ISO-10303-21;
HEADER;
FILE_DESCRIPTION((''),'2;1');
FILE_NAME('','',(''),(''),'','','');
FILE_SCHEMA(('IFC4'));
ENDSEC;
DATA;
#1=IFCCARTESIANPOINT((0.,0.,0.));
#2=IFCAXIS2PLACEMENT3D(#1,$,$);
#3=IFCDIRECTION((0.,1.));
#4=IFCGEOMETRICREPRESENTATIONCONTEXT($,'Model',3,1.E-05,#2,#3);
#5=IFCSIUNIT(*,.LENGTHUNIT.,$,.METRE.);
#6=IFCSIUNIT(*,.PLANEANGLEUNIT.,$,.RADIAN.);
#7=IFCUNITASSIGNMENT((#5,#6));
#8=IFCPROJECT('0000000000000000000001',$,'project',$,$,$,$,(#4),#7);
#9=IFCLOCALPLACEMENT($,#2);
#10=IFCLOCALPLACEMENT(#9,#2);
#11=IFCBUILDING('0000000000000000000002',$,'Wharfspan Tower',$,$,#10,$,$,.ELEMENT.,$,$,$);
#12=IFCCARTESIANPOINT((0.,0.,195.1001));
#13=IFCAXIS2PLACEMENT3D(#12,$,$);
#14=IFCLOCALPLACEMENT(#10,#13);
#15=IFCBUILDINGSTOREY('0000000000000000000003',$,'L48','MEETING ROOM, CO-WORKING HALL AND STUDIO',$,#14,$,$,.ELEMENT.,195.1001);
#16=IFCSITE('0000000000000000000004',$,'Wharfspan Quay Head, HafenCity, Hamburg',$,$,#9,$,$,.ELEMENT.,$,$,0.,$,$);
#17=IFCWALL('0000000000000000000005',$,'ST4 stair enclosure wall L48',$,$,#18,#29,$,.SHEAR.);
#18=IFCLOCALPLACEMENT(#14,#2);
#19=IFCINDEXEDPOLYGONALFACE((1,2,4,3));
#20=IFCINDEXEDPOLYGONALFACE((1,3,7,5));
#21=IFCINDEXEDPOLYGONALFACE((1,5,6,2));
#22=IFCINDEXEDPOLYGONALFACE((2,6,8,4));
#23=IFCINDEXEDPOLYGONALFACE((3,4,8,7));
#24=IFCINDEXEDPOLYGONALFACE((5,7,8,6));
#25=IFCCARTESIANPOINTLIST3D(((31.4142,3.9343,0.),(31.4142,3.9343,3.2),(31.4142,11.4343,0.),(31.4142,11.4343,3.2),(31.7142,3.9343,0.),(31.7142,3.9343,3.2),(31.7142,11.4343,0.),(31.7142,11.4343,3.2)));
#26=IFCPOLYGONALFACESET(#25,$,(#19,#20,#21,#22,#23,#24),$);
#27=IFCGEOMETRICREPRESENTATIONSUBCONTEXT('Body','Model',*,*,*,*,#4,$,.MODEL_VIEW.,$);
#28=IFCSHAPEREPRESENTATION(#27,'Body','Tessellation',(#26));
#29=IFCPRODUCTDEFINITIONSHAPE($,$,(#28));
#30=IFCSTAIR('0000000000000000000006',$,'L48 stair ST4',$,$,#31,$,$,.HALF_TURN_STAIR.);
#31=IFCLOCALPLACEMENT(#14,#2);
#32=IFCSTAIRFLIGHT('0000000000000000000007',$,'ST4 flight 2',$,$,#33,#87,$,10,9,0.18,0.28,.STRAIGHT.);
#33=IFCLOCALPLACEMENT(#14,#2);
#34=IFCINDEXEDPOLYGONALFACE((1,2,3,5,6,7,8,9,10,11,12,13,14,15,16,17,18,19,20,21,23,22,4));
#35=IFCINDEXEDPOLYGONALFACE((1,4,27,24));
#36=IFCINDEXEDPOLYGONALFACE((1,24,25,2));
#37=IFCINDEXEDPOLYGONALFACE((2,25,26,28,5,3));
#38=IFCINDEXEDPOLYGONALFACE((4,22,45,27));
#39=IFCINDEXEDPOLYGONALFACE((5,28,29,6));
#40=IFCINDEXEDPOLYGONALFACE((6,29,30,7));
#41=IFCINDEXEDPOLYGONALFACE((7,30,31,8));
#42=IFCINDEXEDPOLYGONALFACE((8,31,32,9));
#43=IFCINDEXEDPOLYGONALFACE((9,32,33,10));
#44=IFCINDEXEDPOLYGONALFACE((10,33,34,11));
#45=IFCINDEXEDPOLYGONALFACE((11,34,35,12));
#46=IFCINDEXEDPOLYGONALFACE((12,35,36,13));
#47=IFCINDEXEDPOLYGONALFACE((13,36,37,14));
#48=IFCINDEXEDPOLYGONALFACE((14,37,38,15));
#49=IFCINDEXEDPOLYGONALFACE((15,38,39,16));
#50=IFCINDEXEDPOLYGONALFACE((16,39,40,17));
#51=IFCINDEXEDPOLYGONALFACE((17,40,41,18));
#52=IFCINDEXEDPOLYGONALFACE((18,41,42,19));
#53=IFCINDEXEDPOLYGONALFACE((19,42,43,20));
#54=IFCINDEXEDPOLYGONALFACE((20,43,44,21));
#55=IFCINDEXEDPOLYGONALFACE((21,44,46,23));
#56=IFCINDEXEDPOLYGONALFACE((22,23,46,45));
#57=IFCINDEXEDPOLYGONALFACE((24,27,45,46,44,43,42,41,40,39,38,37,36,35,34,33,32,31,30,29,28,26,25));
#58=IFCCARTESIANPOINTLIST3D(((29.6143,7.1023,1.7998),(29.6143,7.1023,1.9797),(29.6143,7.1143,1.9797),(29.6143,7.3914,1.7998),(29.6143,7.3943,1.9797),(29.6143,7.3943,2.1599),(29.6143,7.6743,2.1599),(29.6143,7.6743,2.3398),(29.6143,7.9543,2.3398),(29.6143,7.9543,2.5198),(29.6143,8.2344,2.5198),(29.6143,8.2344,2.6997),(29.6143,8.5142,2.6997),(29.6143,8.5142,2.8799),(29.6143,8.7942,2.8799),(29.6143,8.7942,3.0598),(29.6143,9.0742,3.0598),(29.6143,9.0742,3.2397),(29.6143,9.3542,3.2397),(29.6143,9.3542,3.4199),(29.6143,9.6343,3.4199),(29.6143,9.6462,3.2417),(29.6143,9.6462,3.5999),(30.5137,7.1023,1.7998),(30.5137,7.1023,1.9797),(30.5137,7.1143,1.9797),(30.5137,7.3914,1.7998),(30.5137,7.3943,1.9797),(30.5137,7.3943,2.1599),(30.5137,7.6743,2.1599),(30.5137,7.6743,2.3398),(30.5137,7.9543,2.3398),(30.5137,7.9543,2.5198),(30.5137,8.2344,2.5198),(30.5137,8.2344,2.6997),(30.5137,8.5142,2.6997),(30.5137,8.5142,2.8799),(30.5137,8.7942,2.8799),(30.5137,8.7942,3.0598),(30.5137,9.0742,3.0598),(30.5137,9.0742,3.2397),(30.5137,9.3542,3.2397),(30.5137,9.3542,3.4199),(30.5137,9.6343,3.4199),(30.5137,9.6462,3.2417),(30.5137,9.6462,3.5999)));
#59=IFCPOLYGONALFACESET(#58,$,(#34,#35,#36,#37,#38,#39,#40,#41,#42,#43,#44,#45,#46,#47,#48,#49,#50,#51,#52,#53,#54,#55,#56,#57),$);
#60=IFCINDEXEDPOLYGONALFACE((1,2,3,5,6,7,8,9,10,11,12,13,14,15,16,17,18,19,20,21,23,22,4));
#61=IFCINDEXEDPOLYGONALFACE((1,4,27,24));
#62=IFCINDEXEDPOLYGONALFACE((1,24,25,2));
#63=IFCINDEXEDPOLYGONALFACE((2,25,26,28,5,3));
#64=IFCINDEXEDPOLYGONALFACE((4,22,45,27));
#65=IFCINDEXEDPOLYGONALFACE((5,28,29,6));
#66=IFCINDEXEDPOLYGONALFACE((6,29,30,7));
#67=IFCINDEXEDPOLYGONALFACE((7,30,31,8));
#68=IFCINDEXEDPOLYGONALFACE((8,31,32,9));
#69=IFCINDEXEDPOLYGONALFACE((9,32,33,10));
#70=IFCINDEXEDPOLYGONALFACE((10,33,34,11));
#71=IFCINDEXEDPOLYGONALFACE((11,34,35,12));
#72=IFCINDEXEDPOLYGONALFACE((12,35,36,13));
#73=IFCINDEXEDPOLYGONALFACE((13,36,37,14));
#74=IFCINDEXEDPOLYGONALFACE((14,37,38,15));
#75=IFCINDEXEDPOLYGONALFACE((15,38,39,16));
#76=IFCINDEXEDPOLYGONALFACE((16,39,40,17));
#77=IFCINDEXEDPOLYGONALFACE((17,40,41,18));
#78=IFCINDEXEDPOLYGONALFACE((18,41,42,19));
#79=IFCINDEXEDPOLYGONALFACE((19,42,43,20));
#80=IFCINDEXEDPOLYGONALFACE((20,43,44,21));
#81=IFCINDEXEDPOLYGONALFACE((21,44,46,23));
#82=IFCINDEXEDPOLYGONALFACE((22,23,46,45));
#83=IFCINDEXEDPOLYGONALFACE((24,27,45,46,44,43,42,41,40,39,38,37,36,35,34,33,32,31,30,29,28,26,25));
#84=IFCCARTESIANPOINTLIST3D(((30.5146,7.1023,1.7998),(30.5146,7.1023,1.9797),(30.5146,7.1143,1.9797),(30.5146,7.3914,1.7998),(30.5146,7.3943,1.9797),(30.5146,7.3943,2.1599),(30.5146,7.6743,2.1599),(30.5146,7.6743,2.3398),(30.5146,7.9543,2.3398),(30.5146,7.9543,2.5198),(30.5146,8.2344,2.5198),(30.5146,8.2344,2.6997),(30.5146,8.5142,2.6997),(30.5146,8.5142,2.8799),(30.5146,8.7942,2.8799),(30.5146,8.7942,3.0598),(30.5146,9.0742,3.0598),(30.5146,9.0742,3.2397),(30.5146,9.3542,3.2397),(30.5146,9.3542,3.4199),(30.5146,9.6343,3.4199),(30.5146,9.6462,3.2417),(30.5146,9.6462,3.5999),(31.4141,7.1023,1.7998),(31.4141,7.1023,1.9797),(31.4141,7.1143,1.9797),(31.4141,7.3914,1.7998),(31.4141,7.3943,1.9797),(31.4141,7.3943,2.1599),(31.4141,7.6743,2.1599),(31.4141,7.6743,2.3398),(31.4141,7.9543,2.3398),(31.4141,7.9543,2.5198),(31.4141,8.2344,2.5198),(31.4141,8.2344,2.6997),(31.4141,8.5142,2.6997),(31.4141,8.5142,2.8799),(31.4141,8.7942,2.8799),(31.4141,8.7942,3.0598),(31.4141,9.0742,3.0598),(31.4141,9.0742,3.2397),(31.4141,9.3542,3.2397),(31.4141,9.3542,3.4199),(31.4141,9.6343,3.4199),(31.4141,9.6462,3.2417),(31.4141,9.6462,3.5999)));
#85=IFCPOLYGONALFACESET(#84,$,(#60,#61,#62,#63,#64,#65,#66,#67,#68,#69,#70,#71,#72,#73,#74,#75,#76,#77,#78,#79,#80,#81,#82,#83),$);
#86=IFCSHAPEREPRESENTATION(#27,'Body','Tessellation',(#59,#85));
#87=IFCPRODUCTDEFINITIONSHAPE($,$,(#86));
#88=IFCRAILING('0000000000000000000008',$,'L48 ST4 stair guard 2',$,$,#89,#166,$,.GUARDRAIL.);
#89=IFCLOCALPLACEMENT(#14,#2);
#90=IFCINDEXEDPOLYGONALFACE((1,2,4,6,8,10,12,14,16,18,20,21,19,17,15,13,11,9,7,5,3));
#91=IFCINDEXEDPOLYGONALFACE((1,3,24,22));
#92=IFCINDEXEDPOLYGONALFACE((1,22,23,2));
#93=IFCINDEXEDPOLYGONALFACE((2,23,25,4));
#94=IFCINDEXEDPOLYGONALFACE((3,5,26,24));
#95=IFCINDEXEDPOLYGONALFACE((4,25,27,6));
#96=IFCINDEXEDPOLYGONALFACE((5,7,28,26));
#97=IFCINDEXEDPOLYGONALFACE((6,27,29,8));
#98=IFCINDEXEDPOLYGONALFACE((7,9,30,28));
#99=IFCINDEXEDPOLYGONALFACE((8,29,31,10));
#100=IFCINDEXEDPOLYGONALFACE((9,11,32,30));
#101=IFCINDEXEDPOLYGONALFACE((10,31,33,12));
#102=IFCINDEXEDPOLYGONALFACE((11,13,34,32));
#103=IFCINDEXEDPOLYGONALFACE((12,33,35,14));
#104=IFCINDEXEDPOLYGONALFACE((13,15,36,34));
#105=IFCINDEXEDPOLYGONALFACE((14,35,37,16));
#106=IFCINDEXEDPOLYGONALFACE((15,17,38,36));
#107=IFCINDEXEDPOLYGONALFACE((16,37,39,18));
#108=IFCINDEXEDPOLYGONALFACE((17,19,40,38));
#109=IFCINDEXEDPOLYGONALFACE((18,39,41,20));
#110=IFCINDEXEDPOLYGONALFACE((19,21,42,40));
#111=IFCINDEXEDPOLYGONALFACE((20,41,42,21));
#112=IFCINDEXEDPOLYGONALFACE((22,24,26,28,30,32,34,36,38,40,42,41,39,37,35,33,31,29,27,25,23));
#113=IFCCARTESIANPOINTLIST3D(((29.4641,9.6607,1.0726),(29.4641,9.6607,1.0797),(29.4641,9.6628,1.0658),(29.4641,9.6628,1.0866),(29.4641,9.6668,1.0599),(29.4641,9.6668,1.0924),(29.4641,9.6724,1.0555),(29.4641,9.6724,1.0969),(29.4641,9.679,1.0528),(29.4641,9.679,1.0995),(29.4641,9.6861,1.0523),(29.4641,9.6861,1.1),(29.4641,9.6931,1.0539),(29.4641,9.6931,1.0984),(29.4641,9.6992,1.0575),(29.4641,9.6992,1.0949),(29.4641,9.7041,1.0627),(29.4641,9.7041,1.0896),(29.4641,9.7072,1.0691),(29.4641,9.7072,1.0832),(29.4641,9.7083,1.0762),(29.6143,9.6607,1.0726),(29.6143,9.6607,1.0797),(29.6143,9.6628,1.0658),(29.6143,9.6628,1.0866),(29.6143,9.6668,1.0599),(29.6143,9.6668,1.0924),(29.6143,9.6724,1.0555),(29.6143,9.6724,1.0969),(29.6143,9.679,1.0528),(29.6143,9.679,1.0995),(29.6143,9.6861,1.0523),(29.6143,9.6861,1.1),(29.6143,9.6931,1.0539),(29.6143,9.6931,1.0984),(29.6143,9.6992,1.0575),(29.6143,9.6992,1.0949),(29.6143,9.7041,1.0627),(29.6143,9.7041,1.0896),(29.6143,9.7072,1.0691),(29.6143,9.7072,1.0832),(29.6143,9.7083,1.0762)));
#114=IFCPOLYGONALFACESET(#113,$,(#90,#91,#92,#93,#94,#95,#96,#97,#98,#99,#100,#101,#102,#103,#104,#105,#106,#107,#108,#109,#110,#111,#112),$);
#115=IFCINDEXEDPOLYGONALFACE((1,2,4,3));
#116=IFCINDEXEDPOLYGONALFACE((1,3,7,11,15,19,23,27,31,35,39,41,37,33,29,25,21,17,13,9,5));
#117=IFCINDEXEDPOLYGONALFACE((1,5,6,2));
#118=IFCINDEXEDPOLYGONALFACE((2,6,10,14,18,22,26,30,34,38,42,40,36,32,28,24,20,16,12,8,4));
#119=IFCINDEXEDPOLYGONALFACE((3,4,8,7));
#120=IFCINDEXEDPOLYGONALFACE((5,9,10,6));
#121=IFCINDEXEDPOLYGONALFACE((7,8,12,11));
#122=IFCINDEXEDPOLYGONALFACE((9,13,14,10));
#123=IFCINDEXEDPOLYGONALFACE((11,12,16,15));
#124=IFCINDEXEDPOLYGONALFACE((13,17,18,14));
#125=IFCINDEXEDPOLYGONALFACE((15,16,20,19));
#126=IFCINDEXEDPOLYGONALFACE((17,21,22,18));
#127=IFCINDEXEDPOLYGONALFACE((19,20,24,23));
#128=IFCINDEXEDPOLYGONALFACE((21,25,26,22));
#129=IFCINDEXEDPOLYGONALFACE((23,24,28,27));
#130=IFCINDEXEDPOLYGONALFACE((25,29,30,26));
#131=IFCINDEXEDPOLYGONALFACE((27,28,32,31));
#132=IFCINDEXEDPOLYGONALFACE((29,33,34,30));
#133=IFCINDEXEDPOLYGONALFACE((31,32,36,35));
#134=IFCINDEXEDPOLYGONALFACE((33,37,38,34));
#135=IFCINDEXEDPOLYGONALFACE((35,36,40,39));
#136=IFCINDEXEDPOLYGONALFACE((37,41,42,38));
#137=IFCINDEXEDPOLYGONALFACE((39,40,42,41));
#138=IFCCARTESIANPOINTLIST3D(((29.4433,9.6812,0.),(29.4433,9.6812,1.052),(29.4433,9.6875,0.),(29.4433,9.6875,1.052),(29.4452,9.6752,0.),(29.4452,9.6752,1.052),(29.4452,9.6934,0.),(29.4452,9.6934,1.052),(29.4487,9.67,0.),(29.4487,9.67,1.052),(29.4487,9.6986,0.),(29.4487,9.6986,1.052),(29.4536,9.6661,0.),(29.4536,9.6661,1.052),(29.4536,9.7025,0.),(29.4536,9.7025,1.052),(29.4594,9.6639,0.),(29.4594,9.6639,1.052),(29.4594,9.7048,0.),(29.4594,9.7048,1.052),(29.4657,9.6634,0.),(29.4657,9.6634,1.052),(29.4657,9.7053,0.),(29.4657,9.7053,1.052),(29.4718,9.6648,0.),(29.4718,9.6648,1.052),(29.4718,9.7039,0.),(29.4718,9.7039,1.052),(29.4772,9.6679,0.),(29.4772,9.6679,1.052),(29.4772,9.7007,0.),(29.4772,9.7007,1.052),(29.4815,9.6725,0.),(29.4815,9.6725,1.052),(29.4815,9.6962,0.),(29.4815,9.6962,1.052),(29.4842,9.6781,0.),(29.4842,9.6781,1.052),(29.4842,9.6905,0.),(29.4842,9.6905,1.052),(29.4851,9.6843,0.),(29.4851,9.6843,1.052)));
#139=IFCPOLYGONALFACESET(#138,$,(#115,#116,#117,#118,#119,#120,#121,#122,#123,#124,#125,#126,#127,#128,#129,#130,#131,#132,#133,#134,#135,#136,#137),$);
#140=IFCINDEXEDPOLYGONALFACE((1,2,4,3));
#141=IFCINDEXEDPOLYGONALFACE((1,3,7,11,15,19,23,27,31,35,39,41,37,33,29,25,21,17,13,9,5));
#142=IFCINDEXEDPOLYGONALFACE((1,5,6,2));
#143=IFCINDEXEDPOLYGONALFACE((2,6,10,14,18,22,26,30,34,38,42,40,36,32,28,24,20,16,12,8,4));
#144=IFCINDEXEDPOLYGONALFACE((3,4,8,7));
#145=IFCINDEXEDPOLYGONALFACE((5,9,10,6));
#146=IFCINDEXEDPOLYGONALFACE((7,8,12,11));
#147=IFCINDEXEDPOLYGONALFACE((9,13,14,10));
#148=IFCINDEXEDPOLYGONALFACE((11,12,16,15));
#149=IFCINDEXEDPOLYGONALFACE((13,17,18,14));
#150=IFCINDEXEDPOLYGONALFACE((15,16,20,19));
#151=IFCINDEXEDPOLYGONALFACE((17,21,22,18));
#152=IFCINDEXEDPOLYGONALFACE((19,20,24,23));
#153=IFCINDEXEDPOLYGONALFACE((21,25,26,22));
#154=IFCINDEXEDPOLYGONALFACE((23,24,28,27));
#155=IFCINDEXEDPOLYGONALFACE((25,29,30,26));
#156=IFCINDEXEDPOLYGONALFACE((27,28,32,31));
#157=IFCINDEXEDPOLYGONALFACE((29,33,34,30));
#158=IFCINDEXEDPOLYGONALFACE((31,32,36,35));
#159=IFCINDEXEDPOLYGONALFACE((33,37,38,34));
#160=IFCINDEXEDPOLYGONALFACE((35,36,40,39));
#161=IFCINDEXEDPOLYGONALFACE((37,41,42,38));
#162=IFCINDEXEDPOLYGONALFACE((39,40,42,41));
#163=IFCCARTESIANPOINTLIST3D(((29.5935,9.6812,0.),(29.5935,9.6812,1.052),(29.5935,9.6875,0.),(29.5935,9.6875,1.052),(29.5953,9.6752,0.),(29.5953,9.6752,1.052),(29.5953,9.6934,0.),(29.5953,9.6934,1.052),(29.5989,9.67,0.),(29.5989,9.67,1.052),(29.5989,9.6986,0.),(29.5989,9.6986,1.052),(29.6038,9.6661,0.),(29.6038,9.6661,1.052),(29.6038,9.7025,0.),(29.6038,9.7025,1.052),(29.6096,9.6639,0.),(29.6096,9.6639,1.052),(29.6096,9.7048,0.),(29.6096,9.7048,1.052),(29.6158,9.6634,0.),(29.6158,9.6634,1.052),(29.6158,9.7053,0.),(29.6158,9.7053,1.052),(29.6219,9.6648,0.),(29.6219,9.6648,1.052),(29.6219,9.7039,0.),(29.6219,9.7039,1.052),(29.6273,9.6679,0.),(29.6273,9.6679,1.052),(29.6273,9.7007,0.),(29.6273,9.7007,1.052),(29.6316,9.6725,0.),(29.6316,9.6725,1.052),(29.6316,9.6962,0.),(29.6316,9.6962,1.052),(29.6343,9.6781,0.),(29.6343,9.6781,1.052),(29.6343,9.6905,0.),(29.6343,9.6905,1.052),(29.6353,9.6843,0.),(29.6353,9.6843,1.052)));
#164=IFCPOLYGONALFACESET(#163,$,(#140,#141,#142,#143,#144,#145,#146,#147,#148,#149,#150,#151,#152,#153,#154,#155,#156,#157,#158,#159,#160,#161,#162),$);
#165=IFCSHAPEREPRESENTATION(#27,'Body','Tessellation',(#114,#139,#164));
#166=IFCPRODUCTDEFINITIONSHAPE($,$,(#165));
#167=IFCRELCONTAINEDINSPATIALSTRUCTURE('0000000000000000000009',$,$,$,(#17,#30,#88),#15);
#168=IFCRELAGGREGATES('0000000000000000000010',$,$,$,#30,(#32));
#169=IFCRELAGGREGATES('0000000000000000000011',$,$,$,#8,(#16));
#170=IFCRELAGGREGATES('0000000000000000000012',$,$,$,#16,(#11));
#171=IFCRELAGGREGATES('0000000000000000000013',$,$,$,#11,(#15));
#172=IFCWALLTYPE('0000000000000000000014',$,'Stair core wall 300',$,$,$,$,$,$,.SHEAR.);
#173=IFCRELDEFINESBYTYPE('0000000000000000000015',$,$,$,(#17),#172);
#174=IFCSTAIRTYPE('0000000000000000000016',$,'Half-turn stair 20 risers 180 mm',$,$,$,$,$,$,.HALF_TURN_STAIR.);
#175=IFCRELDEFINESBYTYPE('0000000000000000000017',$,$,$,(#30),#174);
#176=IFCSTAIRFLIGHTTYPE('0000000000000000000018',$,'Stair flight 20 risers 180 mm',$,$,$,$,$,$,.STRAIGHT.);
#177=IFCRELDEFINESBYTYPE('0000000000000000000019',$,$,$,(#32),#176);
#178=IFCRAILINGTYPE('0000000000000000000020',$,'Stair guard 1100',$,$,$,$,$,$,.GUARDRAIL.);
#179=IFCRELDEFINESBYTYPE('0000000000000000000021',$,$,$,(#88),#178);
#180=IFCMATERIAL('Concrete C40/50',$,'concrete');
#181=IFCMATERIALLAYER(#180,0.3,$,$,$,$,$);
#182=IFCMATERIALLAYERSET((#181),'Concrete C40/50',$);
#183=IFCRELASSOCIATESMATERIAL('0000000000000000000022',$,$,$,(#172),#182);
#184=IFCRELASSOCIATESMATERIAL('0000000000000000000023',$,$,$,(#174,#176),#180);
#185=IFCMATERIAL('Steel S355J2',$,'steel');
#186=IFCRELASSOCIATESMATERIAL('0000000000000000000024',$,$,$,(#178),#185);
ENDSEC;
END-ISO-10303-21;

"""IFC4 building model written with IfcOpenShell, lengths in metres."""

from ifc_helpers import new_model, si_unit, direction, frame, frame_2d, origin, origin_2d, place, context, subcontext, project, spatial, polyline, rectangle, circle, outline, extrude, material, layer, layer_set, type_object, element, aggregate, save


model = new_model("IFC4")

# Units and contexts
model_context = context("Model", 3, precision=1e-05, world=origin(), true_north=direction((0.0, 1.0)))
body_context = subcontext(model_context, "Body", "Model", "MODEL_VIEW")
ifc_project = project(units=[si_unit("LENGTHUNIT", "METRE"), si_unit("PLANEANGLEUNIT", "RADIAN")], contexts=[model_context])

# Site, building, storey
site_placement = place(None, origin())
site = spatial("IfcSite", under=ifc_project, at=site_placement, Name="Wharfspan Quay Head, HafenCity, Hamburg", CompositionType="ELEMENT", RefElevation=0.0)
building_placement = place(site_placement, origin())
building = spatial("IfcBuilding", under=site, at=building_placement, Name="Wharfspan Tower", CompositionType="ELEMENT")
storey_placement = place(building_placement, frame((0.0, 0.0, 195.1001)))
storey = spatial("IfcBuildingStorey", under=building, at=storey_placement, Name="L48", Description="MEETING ROOM, CO-WORKING HALL AND STUDIO", CompositionType="ELEMENT", Elevation=195.1001)

# Shared definitions
ifc_material_1 = material(Name="Steel S355J2", Category="steel")

# Wall
ifc_material_2 = material(Name="Concrete C40/50", Category="concrete")
ifc_layer_1 = layer(ifc_material_2, 0.3)
ifc_layer_set_1 = layer_set([ifc_layer_1], Name="Concrete C40/50")
wall_type_1 = type_object("IfcWallType", Name="Stair core wall 300", PredefinedType="SHEAR", material=ifc_layer_set_1)
wall_1_placement = place(storey_placement, frame((31.5642, 3.9343, 0.0), z_axis=(0.0, 0.0, 1.0), x_axis=(0.0, 1.0, 0.0)))
element("IfcWall", 1, at=wall_1_placement, inside=storey, type_object=wall_type_1, Name="ST4 stair enclosure wall L48", PredefinedType="SHEAR", context=body_context, shape_type="SweptSolid", body=[
    extrude(rectangle(XDim=7.5, YDim=0.3, at=frame_2d((3.75, 0.0))), origin(), (0.0, 0.0, 1.0), 3.2),
])

# Stair, stair flight
stair_type = type_object("IfcStairType", Name="Half-turn stair 20 risers 180 mm", PredefinedType="HALF_TURN_STAIR", material=ifc_material_2)
stair_placement = place(storey_placement, origin())
stair = element("IfcStair", 2, at=stair_placement, inside=storey, type_object=stair_type, Name="L48 stair ST4", PredefinedType="HALF_TURN_STAIR")
stair_flight_type = type_object("IfcStairFlightType", Name="Stair flight 20 risers 180 mm", PredefinedType="STRAIGHT", material=ifc_material_2)
stair_flight_placement = place(storey_placement, frame((30.5142, 7.1143, 1.7998), z_axis=(0.0, 0.0, 1.0), x_axis=(0.0, 1.0, 0.0)))
stair_flight = element("IfcStairFlight", 3, at=stair_flight_placement, type_object=stair_flight_type, Name="ST4 flight 2", NumberOfRisers=10, NumberOfTreads=9, PredefinedType="STRAIGHT", RiserHeight=0.18, TreadLength=0.28, context=body_context, shape_type="SweptSolid", body=[
    extrude(outline(polyline([(-0.012, 0.0), (-0.012, 0.1799), (0.0, 0.1799), (0.28, 0.1799), (0.28, 0.3601), (0.5601, 0.3601), (0.5601, 0.54), (0.8401, 0.54), (0.8401, 0.72), (1.1201, 0.72), (1.1201, 0.8999), (1.3999, 0.8999), (1.3999, 1.0801), (1.6799, 1.0801), (1.6799, 1.26), (1.96, 1.26), (1.96, 1.4399), (2.24, 1.4399), (2.24, 1.6201), (2.52, 1.6201), (2.532, 1.8), (2.532, 1.4419), (0.2771, 0.0), (-0.012, 0.0)])), frame((0.0, 0.8999, 0.0), z_axis=(0.0, -1.0, 0.0), x_axis=(1.0, 0.0, 0.0)), (0.0, 0.0, 1.0), 0.8994),
    extrude(outline(polyline([(-0.012, 0.0), (-0.012, 0.1799), (0.0, 0.1799), (0.28, 0.1799), (0.28, 0.3601), (0.5601, 0.3601), (0.5601, 0.54), (0.8401, 0.54), (0.8401, 0.72), (1.1201, 0.72), (1.1201, 0.8999), (1.3999, 0.8999), (1.3999, 1.0801), (1.6799, 1.0801), (1.6799, 1.26), (1.96, 1.26), (1.96, 1.4399), (2.24, 1.4399), (2.24, 1.6201), (2.52, 1.6201), (2.532, 1.8), (2.532, 1.4419), (0.2771, 0.0), (-0.012, 0.0)])), frame((0.0, -0.0005, 0.0), z_axis=(0.0, -1.0, 0.0), x_axis=(1.0, 0.0, 0.0)), (0.0, 0.0, 1.0), 0.8994),
])
aggregate(stair, [stair_flight])

# Railing
railing_type_1 = type_object("IfcRailingType", Name="Stair guard 1100", PredefinedType="GUARDRAIL", material=ifc_material_1)
railing_1_placement = place(storey_placement, frame((29.4641, 9.6843, 0.0)))
element("IfcRailing", 4, at=railing_1_placement, inside=storey, type_object=railing_type_1, Name="L48 ST4 stair guard 2", PredefinedType="GUARDRAIL", context=body_context, shape_type="SweptSolid", body=[
    extrude(circle(Radius=0.0239, at=origin_2d()), frame((0.0, 0.0, 1.0762), z_axis=(1.0, 0.0, 0.0), x_axis=(0.0, 1.0, 0.0)), (0.0, 0.0, 1.0), 0.1501),
    extrude(circle(Radius=0.021, at=origin_2d()), origin(), (0.0, 0.0, 1.0), 1.052),
    extrude(circle(Radius=0.021, at=origin_2d()), frame((0.1501, 0.0, 0.0)), (0.0, 0.0, 1.0), 1.052),
])

save(model, "model.ifc")
